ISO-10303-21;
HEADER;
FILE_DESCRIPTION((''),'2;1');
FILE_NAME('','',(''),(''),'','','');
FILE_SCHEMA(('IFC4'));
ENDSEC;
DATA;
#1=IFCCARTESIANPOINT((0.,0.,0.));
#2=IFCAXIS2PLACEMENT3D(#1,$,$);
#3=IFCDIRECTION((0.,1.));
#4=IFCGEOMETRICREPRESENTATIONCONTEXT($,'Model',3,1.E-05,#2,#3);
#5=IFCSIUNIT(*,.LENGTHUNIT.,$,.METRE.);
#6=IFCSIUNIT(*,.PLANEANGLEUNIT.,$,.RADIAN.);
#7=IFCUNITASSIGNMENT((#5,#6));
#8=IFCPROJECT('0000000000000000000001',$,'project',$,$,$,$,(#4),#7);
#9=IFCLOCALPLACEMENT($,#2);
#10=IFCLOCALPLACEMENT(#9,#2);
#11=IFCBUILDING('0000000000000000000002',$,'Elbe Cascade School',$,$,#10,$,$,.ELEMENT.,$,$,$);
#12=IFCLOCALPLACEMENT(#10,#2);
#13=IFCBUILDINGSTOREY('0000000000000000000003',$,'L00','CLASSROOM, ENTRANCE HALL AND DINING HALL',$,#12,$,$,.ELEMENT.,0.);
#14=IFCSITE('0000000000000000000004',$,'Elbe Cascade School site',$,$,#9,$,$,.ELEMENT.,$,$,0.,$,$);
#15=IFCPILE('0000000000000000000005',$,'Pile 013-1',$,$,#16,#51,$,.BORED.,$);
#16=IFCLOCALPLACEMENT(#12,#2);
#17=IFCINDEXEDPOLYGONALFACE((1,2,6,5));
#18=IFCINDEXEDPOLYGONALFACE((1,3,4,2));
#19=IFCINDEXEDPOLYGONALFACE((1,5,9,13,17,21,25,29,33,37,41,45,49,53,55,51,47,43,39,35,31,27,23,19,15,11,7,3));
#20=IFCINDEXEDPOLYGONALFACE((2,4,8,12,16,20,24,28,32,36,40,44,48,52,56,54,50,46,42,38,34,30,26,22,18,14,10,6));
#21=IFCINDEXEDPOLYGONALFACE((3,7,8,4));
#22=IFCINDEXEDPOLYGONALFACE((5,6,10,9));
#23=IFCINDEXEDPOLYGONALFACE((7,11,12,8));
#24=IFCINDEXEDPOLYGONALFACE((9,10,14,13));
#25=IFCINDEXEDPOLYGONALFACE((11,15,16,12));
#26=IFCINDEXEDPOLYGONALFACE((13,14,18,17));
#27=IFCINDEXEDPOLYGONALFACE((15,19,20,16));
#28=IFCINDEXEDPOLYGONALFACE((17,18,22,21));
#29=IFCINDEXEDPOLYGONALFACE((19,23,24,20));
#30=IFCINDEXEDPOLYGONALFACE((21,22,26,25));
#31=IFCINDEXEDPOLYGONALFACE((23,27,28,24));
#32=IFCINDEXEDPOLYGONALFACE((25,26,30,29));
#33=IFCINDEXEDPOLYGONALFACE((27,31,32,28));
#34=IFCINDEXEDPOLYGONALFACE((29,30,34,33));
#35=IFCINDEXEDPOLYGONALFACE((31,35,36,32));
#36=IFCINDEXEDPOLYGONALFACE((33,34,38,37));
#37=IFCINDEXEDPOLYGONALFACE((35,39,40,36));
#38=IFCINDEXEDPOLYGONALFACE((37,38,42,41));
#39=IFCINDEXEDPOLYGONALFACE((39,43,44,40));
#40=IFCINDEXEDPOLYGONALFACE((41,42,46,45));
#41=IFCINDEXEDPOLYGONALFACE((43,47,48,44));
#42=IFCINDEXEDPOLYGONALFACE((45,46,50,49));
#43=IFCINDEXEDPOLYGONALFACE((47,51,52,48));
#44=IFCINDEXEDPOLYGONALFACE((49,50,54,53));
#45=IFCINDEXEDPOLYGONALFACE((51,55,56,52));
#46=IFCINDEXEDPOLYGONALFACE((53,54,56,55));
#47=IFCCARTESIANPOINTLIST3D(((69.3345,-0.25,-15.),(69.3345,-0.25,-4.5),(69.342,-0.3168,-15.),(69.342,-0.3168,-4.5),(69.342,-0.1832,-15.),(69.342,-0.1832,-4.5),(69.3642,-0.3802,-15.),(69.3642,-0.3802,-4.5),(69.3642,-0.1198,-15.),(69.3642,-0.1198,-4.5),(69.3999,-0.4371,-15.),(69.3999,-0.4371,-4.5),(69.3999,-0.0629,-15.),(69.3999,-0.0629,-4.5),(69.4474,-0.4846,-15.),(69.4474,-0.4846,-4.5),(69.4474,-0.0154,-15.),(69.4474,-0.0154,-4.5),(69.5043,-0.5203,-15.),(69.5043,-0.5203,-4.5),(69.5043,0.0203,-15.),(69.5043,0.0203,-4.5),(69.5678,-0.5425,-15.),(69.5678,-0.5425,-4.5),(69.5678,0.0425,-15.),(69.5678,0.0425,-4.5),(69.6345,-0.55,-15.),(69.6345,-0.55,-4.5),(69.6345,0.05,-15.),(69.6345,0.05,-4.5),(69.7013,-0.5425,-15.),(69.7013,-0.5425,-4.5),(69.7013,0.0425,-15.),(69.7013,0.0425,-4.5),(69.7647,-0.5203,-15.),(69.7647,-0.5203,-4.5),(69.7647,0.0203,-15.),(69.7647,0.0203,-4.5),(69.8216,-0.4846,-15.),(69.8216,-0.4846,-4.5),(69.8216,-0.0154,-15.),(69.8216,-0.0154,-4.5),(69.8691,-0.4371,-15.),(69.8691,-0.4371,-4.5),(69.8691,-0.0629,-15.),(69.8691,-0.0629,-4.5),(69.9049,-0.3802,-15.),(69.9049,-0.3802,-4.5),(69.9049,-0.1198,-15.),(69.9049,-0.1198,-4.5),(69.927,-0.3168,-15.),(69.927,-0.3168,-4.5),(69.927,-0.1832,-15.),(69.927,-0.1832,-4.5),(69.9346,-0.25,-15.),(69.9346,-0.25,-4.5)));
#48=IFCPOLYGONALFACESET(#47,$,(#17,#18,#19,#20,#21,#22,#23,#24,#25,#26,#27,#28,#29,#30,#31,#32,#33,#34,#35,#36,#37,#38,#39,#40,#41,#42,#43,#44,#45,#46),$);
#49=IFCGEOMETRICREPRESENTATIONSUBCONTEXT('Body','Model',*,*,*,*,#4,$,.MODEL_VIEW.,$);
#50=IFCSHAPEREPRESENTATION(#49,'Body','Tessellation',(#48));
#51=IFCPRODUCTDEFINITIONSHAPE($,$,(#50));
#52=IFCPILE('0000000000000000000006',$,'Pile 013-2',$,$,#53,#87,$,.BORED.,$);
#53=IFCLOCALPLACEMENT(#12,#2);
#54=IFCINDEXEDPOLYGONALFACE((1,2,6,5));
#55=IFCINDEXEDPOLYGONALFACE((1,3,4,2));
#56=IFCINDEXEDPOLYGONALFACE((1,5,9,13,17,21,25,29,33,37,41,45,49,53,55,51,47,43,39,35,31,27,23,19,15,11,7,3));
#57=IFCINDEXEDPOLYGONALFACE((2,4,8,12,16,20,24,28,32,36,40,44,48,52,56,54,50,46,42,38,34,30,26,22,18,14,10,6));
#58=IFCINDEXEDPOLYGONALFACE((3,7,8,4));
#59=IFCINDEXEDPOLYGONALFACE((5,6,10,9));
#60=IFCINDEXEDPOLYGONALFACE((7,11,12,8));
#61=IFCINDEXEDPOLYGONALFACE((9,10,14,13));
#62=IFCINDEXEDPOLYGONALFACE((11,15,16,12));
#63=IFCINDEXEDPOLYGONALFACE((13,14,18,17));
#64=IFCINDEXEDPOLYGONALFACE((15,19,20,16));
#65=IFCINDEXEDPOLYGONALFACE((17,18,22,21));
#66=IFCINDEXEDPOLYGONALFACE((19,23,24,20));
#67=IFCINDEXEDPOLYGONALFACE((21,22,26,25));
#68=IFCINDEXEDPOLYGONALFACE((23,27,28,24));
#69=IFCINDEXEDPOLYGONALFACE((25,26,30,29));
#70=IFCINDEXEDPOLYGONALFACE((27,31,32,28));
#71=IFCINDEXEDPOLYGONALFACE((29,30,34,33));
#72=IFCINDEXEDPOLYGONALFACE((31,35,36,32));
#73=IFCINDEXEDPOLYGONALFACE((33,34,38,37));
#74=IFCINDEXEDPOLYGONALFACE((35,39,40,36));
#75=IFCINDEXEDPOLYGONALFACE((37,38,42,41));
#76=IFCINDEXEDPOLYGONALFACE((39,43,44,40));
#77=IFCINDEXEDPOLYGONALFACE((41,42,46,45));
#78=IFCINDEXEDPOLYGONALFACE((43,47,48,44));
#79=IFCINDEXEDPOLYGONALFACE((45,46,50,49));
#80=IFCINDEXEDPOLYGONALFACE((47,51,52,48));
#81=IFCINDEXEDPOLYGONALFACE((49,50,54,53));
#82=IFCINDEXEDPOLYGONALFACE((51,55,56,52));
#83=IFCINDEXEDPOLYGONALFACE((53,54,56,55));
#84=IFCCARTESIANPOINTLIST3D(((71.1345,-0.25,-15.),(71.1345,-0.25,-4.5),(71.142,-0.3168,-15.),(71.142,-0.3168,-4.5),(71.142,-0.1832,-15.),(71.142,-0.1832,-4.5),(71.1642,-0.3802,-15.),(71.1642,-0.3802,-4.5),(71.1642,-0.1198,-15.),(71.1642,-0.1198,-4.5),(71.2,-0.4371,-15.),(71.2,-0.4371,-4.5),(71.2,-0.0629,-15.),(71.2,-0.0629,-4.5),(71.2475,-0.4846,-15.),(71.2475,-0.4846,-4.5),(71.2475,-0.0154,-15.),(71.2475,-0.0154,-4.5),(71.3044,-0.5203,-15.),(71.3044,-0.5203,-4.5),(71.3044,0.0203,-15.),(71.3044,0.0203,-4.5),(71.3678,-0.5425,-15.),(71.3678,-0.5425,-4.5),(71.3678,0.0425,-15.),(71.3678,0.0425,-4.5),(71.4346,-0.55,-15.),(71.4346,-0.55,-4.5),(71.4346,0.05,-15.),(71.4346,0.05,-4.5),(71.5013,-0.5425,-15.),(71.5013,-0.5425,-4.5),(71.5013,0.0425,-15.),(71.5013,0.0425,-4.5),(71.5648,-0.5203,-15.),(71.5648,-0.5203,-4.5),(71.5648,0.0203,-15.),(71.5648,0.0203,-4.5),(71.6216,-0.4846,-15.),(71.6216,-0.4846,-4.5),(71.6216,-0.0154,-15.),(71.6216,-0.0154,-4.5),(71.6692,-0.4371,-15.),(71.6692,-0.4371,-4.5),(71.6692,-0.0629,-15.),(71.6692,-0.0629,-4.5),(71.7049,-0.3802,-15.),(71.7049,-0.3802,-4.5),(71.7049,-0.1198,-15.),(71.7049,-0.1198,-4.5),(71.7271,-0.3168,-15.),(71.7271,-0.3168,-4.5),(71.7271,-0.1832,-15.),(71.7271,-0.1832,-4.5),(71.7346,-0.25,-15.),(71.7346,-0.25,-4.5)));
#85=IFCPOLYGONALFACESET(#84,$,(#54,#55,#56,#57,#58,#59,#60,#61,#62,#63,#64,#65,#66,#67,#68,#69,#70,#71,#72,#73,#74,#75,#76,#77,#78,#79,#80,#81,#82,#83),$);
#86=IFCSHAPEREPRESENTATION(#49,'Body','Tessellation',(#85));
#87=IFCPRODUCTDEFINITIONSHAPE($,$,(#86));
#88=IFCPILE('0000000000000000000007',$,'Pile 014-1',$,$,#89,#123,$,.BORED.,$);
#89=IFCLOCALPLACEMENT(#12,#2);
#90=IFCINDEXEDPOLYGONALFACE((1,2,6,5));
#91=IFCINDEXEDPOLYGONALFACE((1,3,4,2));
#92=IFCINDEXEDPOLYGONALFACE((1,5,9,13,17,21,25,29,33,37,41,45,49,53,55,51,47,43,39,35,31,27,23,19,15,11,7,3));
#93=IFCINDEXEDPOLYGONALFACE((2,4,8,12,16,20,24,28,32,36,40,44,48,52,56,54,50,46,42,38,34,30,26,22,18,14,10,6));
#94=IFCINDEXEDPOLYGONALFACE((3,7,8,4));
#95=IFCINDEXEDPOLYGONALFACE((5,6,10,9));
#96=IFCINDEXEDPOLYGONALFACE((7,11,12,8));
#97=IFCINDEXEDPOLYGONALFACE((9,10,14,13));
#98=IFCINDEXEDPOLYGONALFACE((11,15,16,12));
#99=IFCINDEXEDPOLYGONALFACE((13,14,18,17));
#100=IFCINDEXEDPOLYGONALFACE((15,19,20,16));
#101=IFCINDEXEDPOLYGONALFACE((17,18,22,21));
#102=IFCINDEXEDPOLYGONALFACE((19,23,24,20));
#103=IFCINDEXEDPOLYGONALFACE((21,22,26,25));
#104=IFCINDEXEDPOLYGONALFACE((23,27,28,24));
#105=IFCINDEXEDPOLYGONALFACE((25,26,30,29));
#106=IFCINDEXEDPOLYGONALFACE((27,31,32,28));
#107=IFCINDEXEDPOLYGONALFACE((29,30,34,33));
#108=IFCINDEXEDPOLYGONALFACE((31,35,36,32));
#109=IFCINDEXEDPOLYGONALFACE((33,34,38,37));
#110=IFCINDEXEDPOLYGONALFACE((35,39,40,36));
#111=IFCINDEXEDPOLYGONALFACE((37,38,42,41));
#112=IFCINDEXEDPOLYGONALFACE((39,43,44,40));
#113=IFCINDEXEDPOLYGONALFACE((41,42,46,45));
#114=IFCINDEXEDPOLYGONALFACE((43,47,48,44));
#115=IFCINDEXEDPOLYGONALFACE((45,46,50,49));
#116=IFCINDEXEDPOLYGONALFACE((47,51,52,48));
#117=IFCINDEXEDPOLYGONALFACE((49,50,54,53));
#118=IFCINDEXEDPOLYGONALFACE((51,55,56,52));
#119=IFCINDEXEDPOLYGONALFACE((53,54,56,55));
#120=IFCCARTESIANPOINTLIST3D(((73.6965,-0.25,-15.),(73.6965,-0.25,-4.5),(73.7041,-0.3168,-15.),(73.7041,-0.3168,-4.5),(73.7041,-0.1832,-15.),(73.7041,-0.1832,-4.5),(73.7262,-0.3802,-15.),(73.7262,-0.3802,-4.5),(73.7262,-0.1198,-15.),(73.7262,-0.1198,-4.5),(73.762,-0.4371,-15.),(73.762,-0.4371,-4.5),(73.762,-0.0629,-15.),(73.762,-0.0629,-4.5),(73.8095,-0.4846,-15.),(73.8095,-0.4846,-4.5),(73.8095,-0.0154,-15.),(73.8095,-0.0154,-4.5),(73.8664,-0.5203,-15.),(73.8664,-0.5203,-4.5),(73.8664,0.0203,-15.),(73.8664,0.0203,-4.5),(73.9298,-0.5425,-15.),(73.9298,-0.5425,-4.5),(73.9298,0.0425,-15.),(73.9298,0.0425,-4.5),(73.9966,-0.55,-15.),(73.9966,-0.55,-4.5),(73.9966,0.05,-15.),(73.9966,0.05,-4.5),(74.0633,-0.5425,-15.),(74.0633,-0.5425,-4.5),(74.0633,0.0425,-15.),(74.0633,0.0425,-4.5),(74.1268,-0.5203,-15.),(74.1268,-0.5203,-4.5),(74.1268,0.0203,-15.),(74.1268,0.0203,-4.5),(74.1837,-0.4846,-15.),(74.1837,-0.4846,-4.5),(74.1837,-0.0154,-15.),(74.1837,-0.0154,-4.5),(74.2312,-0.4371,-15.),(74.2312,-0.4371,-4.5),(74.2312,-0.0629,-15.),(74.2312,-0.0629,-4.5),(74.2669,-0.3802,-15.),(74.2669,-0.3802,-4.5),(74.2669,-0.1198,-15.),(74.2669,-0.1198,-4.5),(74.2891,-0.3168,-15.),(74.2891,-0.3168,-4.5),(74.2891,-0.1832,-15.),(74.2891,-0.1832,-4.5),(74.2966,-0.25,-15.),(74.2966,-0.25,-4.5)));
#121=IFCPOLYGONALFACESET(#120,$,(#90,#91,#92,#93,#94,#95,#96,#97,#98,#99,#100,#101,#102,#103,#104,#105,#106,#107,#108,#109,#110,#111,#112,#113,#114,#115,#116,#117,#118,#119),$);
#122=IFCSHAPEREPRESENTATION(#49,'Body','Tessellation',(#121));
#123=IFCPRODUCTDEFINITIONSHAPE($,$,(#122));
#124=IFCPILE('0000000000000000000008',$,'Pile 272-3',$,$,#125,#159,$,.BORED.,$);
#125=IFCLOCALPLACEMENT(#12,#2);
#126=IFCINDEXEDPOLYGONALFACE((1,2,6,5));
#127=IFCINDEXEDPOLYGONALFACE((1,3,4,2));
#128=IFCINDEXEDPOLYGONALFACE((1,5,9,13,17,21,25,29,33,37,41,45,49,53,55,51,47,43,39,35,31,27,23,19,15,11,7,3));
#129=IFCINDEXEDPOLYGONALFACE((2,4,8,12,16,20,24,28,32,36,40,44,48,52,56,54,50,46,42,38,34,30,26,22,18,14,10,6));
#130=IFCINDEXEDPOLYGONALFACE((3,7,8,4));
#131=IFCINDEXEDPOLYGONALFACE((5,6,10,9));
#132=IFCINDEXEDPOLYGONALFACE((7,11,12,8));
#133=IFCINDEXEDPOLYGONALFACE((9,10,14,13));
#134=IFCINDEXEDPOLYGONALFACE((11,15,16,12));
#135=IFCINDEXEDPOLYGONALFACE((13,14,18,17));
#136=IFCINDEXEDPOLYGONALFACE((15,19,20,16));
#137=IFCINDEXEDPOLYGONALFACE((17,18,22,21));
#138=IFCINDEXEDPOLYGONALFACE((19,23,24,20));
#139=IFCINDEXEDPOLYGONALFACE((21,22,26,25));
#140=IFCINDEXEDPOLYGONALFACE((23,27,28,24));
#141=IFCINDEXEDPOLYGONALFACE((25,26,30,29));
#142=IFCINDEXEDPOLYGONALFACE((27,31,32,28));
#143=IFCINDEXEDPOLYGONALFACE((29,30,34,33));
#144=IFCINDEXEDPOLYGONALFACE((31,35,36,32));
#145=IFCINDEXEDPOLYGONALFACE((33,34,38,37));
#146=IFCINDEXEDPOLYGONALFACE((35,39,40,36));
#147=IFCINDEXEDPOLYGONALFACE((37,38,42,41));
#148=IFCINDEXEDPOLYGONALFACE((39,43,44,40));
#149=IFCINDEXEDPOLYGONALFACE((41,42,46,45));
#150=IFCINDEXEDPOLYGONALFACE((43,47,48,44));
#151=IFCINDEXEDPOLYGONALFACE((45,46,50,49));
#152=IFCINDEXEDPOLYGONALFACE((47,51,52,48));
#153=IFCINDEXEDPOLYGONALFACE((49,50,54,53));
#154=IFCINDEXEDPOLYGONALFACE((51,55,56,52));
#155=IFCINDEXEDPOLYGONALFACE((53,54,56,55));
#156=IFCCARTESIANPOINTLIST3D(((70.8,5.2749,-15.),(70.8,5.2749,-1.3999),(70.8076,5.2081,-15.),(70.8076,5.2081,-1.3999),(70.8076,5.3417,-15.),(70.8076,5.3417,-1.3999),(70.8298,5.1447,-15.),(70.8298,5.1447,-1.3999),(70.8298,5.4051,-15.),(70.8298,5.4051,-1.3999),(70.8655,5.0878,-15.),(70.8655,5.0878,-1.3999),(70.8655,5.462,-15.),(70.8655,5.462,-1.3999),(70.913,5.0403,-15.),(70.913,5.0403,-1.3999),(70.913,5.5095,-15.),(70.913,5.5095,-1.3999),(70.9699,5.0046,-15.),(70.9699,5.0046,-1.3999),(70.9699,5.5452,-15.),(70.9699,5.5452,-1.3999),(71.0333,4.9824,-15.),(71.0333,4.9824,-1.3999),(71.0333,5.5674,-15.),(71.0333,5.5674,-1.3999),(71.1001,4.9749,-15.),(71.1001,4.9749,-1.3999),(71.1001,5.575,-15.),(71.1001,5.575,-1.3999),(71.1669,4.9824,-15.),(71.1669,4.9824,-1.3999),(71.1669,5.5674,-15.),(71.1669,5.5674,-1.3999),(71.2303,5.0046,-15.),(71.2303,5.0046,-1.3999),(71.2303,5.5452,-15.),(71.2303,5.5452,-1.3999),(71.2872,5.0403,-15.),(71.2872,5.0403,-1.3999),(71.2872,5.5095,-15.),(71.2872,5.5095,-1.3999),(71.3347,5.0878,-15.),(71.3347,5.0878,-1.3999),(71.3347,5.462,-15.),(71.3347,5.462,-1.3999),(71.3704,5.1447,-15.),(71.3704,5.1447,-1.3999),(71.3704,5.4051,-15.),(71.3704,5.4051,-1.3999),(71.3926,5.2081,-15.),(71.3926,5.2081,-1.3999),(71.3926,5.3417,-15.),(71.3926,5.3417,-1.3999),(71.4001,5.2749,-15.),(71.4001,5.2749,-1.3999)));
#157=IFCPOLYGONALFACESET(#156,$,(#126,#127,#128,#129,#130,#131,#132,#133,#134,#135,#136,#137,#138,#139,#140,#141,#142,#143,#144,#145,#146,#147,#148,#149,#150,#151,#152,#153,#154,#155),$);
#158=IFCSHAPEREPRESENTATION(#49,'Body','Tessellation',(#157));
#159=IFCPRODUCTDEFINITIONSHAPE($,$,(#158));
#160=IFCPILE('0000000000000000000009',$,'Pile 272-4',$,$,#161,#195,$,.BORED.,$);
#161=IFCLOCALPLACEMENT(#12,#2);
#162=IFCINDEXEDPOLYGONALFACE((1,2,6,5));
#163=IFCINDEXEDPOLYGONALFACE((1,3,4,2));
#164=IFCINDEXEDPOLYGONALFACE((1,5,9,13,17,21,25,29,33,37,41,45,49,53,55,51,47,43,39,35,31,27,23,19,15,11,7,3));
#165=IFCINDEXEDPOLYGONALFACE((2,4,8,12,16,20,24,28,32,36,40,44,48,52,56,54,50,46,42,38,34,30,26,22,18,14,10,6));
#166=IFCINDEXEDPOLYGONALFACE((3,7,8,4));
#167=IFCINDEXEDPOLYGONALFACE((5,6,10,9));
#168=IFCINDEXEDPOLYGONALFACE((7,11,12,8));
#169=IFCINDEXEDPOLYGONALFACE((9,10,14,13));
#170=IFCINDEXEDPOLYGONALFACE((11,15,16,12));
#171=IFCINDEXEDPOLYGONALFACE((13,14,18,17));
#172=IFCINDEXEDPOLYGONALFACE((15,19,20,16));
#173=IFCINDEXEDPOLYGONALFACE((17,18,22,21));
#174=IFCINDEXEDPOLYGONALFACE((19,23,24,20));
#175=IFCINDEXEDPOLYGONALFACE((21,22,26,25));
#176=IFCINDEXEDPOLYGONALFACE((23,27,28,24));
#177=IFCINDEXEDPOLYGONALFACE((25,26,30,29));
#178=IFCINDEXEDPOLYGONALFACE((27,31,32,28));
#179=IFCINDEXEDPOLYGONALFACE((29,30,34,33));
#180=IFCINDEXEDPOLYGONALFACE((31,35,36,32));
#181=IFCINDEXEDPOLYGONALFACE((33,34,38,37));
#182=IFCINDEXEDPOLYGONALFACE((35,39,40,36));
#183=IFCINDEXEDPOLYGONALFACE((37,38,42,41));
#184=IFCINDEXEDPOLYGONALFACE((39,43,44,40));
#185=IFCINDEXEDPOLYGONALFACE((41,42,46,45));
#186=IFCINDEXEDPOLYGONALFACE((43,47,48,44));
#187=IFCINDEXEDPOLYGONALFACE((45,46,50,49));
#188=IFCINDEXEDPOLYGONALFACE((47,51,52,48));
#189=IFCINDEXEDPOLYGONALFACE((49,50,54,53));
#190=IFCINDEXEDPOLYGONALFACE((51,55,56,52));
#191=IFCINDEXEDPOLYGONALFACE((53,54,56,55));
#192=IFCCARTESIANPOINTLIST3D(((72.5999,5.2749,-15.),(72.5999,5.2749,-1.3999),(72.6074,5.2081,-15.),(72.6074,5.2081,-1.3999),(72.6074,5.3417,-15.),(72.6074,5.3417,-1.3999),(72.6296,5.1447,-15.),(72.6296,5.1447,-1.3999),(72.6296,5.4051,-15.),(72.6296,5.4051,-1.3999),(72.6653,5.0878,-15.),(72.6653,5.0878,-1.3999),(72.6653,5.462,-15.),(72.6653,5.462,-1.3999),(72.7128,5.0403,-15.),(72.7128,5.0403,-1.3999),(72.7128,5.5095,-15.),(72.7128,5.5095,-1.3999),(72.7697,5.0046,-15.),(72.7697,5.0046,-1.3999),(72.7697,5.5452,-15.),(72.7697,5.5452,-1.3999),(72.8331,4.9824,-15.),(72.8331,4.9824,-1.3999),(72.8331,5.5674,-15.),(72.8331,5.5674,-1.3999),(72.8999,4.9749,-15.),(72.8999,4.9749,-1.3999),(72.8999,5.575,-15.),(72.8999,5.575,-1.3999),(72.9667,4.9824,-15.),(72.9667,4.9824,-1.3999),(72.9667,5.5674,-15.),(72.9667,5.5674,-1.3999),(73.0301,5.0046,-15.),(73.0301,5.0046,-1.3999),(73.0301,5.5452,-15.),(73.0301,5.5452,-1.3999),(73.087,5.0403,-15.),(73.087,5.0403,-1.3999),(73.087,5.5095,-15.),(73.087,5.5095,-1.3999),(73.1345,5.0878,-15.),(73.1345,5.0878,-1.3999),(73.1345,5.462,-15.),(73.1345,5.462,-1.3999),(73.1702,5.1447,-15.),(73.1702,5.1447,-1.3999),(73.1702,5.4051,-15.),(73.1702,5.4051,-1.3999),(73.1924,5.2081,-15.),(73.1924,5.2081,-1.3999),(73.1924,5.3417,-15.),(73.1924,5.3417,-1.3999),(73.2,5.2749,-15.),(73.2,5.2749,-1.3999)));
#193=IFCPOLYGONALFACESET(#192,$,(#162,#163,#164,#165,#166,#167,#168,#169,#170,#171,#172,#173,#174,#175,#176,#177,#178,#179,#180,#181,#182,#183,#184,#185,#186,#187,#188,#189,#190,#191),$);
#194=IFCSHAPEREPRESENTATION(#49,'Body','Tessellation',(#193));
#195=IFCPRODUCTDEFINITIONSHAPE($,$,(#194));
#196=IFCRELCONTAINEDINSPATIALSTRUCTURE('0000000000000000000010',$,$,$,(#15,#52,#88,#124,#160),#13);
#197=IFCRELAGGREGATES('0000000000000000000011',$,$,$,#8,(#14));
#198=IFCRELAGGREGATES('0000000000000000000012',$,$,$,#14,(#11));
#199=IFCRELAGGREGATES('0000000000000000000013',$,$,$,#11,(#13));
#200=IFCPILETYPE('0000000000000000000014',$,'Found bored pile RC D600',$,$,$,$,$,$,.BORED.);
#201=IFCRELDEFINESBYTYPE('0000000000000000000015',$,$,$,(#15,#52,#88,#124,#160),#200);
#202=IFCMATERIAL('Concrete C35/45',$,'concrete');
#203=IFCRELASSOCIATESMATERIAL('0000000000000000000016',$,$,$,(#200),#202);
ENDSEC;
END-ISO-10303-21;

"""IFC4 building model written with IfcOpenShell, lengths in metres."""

from ifc_helpers import new_model, si_unit, direction, frame, origin, origin_2d, place, context, subcontext, project, spatial, circle, extrude, material, material_profile, profile_set, type_object, element, save


model = new_model("IFC4")

# Units and contexts
model_context = context("Model", 3, precision=1e-05, world=origin(), true_north=direction((0.0, 1.0)))
body_context = subcontext(model_context, "Body", "Model", "MODEL_VIEW")
ifc_project = project(units=[si_unit("LENGTHUNIT", "METRE"), si_unit("PLANEANGLEUNIT", "RADIAN")], contexts=[model_context])

# Site, building, storey
site_placement = place(None, origin())
site = spatial("IfcSite", under=ifc_project, at=site_placement, Name="Elbe Cascade School site", CompositionType="ELEMENT", RefElevation=0.0)
building_placement = place(site_placement, origin())
building = spatial("IfcBuilding", under=site, at=building_placement, Name="Elbe Cascade School", CompositionType="ELEMENT")
storey_placement = place(building_placement, origin())
storey = spatial("IfcBuildingStorey", under=building, at=storey_placement, Name="L00", Description="CLASSROOM, ENTRANCE HALL AND DINING HALL", CompositionType="ELEMENT", Elevation=0.0)

# Piles
ifc_material_1 = material(Name="Concrete C35/45", Category="concrete")
ifc_material_profile_1 = material_profile(ifc_material_1, circle(Radius=0.3, at=origin_2d()), Name="RC D600")
ifc_profile_set_1 = profile_set([ifc_material_profile_1], Name="Concrete C35/45")
pile_type = type_object("IfcPileType", Name="Found bored pile RC D600", PredefinedType="BORED", material=ifc_profile_set_1)
for number, where, z_axis, x_axis, name in (
    (1, (69.6345, -0.25, -4.5), (0.0, 0.0, -1.0), (1.0, 0.0, 0.0), "Pile 013-1"),
    (2, (71.4346, -0.25, -4.5), (0.0, 0.0, -1.0), (1.0, 0.0, 0.0), "Pile 013-2"),
    (3, (73.9966, -0.25, -4.5), (0.0, 0.0, -1.0), (1.0, 0.0, 0.0), "Pile 014-1"),
):
    element("IfcPile", number, at=place(storey_placement, frame(where, z_axis=z_axis, x_axis=x_axis)), inside=storey, type_object=pile_type, Name=name, PredefinedType="BORED", context=body_context, shape_type="SweptSolid", body=[
        extrude(circle(Radius=0.3, at=origin_2d()), origin(), (0.0, 0.0, 1.0), 10.5),
    ])
for number, where, z_axis, x_axis, name in (
    (4, (71.1001, 5.2749, -1.3999), (0.0, 0.0, -1.0), (1.0, 0.0, 0.0), "Pile 272-3"),
    (5, (72.8999, 5.2749, -1.3999), (0.0, 0.0, -1.0), (1.0, 0.0, 0.0), "Pile 272-4"),
):
    element("IfcPile", number, at=place(storey_placement, frame(where, z_axis=z_axis, x_axis=x_axis)), inside=storey, type_object=pile_type, Name=name, PredefinedType="BORED", context=body_context, shape_type="SweptSolid", body=[
        extrude(circle(Radius=0.3, at=origin_2d()), origin(), (0.0, 0.0, 1.0), 13.6001),
    ])

save(model, "model.ifc")
